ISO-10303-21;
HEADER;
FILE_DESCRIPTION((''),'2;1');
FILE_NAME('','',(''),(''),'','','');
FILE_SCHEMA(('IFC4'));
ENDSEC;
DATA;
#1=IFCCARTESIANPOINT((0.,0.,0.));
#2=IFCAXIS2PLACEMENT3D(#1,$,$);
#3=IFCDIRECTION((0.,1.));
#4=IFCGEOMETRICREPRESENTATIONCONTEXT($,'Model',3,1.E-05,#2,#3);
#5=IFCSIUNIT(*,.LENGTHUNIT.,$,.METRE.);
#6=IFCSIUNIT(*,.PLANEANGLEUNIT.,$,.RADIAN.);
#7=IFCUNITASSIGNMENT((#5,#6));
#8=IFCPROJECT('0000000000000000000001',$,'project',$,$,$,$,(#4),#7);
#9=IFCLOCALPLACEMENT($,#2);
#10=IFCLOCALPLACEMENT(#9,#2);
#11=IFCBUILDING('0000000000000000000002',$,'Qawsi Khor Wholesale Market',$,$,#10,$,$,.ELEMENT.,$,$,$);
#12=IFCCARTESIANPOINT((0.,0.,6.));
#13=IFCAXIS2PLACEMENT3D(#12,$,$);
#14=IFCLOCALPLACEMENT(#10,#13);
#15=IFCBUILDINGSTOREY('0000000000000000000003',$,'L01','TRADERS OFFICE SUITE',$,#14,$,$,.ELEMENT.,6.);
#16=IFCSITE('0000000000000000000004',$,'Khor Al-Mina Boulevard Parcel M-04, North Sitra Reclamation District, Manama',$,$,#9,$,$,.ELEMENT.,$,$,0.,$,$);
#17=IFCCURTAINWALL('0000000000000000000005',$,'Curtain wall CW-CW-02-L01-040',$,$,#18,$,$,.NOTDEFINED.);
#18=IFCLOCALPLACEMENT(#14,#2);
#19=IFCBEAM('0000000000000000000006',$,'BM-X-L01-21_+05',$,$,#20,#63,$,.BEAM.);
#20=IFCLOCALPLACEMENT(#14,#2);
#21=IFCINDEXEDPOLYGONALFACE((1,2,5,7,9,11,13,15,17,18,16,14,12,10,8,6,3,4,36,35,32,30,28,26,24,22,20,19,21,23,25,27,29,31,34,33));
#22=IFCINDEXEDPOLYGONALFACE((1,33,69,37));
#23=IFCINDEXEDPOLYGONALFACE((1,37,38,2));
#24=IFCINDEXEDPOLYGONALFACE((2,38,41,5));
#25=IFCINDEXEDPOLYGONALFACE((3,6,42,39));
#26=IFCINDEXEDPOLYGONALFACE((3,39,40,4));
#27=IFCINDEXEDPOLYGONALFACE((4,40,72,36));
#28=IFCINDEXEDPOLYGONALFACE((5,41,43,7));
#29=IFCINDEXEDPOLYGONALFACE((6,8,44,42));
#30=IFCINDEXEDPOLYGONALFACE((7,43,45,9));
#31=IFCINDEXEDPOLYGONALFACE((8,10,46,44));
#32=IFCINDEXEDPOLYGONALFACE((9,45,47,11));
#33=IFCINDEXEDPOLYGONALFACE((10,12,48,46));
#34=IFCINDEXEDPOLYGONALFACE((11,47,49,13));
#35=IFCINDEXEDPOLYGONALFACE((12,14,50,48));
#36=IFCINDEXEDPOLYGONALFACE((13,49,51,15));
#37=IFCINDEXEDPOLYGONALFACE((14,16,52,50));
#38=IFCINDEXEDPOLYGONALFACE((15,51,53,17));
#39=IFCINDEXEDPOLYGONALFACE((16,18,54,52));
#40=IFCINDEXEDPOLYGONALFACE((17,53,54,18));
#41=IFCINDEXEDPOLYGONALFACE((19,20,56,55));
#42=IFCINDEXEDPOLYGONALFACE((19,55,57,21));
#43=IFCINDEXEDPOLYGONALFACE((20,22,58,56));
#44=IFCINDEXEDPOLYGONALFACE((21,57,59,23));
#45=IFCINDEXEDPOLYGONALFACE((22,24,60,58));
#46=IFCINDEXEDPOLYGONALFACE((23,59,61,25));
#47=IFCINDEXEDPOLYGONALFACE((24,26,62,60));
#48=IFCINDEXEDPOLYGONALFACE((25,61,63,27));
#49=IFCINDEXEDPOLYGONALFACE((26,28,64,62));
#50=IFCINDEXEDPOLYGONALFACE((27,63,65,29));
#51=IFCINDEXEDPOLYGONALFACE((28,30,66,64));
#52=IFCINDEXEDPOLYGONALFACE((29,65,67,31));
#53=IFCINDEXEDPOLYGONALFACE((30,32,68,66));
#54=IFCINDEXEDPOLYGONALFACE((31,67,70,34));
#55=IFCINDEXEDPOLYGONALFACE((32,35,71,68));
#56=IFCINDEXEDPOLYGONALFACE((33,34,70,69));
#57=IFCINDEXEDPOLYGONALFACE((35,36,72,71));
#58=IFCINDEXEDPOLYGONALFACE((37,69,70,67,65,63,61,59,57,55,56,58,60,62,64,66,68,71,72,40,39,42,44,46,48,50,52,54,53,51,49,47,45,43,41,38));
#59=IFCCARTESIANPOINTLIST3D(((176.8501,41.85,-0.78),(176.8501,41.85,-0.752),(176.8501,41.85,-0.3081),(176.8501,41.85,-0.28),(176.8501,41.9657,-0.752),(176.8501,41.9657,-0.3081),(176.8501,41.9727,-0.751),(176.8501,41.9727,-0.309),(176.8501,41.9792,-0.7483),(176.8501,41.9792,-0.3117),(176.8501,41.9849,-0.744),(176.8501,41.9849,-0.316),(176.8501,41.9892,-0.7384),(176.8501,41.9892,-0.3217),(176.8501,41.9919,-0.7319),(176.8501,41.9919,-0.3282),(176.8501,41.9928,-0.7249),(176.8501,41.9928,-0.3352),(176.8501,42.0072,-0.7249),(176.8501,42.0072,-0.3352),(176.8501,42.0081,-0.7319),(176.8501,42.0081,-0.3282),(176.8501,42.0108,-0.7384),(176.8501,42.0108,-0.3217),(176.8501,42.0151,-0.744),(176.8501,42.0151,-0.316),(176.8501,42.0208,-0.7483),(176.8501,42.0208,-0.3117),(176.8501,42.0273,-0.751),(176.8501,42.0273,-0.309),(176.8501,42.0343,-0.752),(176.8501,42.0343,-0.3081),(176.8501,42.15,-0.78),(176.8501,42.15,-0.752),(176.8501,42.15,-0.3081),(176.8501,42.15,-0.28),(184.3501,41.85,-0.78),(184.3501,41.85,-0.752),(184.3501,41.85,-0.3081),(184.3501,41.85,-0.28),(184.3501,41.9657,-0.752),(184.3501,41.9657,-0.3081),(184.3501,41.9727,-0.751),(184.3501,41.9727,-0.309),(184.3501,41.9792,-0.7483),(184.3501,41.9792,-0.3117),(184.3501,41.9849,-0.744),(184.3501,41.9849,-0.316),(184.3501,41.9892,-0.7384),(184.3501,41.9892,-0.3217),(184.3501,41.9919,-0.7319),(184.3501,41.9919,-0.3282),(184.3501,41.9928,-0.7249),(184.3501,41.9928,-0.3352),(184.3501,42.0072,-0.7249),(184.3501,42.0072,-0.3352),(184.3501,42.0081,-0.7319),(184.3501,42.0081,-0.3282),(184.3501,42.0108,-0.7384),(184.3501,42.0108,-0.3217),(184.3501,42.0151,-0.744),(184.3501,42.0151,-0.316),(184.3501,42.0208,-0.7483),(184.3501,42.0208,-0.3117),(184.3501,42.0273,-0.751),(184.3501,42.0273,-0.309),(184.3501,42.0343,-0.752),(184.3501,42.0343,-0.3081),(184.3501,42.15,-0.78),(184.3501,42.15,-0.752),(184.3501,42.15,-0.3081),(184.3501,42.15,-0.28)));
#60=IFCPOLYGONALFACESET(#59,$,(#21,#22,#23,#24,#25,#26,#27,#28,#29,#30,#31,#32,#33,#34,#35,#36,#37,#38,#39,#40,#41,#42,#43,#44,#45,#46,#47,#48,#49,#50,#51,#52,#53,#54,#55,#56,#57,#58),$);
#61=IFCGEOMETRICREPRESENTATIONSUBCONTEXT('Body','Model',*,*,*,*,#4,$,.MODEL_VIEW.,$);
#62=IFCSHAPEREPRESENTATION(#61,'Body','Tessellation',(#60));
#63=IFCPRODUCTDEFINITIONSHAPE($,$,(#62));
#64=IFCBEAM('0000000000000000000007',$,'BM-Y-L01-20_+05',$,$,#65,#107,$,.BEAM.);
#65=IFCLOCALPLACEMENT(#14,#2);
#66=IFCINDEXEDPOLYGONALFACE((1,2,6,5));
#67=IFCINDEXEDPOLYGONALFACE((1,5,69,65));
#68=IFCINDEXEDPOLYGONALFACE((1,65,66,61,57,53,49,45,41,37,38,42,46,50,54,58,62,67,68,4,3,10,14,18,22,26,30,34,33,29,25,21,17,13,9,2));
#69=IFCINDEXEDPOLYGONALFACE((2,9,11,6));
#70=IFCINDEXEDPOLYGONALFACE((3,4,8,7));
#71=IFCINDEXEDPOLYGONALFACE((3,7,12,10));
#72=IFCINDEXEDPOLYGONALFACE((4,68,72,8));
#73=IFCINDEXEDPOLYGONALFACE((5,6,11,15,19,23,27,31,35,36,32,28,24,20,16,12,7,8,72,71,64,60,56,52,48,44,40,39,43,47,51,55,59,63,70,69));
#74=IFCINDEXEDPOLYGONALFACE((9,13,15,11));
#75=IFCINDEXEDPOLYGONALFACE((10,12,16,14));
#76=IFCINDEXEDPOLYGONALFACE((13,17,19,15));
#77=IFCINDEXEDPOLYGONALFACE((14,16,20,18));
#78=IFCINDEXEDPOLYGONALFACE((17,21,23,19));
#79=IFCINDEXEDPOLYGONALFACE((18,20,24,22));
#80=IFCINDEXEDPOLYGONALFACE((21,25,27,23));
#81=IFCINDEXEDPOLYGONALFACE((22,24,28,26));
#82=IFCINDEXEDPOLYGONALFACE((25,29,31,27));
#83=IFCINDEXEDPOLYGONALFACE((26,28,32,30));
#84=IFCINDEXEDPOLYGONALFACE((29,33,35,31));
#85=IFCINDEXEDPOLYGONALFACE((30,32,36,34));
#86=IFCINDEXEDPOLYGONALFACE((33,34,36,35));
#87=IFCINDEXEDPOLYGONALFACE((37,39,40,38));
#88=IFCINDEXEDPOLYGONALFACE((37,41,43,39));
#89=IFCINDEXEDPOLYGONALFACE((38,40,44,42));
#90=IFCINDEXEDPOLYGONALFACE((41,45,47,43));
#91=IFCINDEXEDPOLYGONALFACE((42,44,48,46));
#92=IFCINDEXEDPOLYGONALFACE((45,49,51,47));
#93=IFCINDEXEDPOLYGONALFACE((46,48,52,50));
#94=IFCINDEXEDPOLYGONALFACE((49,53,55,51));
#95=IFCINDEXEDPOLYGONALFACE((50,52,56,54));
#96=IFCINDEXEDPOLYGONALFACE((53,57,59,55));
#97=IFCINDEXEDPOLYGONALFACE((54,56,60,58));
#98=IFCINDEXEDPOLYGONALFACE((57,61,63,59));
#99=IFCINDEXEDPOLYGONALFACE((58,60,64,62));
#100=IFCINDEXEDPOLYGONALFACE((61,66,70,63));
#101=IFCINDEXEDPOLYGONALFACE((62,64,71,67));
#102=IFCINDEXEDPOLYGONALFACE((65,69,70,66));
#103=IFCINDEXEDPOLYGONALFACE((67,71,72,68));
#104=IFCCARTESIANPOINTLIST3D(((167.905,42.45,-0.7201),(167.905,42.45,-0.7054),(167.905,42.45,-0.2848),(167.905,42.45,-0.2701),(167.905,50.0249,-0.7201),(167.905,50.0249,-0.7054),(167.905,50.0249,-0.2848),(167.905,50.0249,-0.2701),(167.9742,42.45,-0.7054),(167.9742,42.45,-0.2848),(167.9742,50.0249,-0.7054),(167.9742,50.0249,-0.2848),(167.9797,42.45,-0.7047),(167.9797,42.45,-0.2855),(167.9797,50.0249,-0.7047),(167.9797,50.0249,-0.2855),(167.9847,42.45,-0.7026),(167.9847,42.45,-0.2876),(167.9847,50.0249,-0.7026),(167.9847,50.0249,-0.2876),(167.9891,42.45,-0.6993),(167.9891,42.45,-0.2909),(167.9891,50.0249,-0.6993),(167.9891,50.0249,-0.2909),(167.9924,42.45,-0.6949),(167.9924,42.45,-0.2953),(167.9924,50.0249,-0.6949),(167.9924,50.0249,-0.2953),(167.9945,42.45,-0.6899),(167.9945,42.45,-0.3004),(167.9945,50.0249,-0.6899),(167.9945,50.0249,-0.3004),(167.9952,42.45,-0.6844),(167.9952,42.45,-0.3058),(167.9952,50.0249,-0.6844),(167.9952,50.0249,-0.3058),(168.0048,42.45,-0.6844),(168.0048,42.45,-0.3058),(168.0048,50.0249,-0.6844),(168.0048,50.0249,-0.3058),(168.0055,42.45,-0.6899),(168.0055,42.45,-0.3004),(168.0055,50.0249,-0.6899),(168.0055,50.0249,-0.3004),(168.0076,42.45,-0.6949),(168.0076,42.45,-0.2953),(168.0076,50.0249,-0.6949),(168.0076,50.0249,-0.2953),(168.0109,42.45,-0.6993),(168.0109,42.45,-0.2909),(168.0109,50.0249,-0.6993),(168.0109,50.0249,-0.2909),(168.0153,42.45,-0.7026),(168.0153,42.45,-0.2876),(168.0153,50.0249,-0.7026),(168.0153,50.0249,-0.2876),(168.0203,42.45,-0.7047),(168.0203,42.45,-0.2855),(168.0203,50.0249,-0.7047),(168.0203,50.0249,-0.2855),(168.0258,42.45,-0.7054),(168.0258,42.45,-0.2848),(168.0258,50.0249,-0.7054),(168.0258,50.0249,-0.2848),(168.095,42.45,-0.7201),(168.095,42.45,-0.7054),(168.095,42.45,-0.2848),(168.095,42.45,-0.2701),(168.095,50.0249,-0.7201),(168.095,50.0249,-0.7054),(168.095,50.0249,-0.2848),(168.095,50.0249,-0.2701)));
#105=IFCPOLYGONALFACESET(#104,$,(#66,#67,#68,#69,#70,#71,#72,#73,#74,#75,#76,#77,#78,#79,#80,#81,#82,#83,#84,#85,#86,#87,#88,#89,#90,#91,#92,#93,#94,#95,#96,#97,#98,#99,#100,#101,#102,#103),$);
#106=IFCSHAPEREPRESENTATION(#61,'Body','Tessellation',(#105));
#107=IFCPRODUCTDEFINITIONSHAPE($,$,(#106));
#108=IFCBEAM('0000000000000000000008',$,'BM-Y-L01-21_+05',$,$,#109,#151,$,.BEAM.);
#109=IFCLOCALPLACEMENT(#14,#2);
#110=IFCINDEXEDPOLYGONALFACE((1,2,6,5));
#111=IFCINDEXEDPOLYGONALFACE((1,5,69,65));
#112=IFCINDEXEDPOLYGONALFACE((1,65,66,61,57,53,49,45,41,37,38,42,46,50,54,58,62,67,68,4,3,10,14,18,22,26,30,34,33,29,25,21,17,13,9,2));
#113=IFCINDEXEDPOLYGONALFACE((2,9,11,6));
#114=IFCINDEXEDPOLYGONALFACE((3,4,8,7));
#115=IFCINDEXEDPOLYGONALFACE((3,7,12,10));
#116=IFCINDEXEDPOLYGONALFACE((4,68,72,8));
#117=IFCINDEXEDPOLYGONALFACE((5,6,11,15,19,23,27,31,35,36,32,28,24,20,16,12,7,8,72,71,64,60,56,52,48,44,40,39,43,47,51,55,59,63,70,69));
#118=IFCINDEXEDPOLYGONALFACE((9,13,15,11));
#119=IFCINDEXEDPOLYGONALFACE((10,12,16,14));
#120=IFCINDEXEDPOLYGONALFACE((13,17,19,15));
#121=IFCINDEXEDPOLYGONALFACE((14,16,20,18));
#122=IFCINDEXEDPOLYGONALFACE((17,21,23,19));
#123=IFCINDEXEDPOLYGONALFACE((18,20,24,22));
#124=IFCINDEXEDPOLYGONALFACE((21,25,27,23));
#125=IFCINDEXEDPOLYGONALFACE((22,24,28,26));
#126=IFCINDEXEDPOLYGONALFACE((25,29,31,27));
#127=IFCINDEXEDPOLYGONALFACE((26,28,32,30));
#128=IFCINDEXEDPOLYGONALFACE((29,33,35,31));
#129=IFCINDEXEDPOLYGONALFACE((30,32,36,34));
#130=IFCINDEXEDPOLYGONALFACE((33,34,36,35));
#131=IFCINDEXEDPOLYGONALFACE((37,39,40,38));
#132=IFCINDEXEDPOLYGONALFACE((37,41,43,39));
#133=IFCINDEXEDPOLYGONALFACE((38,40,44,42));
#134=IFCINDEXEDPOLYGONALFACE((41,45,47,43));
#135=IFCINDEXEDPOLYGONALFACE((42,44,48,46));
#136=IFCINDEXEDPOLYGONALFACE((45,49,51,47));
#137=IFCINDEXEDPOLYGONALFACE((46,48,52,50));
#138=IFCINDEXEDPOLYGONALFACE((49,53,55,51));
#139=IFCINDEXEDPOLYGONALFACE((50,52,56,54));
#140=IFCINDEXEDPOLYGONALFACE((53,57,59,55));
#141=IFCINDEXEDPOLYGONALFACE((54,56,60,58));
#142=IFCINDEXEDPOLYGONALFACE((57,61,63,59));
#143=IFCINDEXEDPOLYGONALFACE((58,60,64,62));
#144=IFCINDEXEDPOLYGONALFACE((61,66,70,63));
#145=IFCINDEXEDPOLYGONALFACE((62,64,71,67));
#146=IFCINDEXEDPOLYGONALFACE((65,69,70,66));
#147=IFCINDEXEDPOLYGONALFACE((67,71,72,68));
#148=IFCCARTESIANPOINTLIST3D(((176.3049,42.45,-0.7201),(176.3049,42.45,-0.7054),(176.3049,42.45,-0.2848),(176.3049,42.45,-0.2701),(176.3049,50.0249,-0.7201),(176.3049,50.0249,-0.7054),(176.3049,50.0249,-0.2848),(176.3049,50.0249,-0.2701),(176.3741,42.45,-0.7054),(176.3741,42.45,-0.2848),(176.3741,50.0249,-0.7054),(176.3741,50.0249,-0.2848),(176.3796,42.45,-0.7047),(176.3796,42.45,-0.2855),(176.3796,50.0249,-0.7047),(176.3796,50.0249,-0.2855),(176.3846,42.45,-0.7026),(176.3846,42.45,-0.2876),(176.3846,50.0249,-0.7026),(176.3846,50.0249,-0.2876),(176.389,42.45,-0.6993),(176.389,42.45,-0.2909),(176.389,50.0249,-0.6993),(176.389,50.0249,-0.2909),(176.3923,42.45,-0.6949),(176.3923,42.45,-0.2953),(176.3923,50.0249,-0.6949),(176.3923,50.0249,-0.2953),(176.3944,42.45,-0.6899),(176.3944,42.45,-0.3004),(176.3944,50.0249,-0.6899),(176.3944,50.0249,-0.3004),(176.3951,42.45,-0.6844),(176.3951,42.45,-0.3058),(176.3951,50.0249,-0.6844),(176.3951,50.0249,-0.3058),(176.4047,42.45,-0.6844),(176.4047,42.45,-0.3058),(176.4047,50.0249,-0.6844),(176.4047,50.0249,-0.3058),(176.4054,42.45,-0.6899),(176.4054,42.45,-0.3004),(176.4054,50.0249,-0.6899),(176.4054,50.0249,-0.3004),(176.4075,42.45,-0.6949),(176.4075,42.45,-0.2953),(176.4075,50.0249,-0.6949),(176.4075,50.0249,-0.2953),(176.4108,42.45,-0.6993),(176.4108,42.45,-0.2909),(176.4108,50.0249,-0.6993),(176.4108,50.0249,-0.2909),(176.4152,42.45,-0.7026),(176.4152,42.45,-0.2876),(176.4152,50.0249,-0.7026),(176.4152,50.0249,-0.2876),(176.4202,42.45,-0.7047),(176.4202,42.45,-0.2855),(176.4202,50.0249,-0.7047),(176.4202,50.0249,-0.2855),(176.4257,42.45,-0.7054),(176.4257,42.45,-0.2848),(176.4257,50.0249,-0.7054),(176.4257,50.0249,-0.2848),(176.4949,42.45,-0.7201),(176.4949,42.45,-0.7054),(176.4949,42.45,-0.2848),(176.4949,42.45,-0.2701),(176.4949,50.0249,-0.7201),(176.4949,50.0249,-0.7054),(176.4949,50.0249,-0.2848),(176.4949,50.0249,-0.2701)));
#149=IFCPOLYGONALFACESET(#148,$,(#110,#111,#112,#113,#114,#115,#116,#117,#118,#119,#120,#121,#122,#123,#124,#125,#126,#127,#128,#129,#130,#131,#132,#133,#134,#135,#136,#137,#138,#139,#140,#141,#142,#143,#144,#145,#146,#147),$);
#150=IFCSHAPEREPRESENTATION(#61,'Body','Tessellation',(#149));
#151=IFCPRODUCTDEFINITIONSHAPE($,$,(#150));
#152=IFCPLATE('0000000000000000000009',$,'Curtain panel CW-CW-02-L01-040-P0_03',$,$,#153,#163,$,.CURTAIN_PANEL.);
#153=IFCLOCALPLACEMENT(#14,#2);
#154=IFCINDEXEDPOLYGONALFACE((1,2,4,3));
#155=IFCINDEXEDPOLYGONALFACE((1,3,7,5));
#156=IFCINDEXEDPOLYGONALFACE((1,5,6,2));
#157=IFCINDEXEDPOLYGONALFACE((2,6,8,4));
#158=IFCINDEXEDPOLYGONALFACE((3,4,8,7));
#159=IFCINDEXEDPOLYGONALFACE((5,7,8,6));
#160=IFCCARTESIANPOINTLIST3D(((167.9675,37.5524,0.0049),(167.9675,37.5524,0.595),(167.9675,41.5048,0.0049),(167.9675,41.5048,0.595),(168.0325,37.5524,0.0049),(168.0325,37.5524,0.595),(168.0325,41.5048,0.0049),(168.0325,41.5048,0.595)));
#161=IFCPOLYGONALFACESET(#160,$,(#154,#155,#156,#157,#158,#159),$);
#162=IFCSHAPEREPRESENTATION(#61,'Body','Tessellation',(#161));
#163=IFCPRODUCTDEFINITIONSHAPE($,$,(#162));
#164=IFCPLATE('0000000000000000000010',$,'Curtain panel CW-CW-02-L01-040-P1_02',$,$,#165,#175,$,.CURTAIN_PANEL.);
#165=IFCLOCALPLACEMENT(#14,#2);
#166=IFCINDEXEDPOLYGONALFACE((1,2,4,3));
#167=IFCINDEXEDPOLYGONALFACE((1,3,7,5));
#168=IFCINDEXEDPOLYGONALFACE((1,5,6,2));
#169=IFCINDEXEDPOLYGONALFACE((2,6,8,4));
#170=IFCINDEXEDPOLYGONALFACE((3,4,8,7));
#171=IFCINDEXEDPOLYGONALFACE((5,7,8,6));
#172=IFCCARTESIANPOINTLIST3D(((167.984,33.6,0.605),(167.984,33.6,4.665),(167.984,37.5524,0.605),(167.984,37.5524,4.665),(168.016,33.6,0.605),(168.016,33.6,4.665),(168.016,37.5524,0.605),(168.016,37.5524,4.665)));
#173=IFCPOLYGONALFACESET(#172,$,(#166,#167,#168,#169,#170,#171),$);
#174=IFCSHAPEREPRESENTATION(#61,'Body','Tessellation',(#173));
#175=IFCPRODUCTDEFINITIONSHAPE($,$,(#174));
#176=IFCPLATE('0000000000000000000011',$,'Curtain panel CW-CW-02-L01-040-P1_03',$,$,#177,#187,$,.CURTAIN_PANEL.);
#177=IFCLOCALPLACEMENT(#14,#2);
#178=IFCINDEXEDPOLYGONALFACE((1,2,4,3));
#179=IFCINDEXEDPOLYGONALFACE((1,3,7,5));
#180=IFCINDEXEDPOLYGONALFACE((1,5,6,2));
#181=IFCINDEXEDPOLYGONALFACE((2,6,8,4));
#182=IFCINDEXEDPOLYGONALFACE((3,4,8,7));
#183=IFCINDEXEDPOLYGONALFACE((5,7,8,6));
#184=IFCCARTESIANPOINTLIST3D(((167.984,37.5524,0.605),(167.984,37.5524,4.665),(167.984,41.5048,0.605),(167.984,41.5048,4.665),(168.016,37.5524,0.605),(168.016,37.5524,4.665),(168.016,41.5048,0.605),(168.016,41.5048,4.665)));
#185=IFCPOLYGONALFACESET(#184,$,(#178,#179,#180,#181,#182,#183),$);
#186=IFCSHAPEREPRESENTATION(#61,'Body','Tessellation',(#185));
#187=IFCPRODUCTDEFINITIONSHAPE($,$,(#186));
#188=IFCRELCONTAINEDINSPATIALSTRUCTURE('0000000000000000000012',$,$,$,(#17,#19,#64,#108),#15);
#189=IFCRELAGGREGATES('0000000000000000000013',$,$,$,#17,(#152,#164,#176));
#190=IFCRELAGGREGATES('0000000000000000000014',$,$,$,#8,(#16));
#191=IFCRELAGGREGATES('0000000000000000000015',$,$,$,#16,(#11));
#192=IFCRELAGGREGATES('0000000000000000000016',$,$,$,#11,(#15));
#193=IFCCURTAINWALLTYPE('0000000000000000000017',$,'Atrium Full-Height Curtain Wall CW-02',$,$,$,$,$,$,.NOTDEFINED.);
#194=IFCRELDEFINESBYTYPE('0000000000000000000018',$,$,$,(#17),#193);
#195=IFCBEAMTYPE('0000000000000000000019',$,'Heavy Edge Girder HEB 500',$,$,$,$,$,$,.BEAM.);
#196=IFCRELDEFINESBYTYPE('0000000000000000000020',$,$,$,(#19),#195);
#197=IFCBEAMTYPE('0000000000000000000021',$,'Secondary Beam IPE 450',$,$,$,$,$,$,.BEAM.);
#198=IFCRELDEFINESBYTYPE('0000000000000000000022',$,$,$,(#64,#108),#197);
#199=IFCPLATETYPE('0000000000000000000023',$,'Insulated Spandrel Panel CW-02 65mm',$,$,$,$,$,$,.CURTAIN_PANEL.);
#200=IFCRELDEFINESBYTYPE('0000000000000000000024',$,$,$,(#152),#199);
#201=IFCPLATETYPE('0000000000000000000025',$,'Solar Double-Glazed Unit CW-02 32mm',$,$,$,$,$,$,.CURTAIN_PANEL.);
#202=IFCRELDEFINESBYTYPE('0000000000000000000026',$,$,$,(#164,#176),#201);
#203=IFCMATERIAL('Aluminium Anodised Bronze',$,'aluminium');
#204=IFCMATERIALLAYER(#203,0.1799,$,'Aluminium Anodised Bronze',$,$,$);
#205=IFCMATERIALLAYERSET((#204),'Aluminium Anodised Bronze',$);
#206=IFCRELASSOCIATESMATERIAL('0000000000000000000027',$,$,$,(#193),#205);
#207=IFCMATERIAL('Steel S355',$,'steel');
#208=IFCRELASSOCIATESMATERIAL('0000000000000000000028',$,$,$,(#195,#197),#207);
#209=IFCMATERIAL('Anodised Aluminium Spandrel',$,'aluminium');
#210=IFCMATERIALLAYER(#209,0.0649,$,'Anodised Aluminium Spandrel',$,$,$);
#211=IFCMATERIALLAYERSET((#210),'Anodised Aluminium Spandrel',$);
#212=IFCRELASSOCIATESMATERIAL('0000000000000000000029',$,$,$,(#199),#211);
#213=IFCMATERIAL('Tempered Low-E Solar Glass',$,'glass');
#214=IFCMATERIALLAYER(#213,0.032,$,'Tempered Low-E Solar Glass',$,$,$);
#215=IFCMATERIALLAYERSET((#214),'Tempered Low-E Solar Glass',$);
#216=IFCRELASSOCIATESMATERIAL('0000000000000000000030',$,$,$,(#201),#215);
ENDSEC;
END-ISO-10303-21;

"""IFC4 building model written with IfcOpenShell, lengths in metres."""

from ifc_helpers import new_model, si_unit, direction, frame, frame_2d, origin, origin_2d, place, context, subcontext, project, spatial, rectangle, i_section, extrude, material, layer, layer_set, material_profile, profile_set, type_object, element, aggregate, save


model = new_model("IFC4")

# Units and contexts
model_context = context("Model", 3, precision=1e-05, world=origin(), true_north=direction((0.0, 1.0)))
body_context = subcontext(model_context, "Body", "Model", "MODEL_VIEW")
ifc_project = project(units=[si_unit("LENGTHUNIT", "METRE"), si_unit("PLANEANGLEUNIT", "RADIAN")], contexts=[model_context])

# Site, building, storey
site_placement = place(None, origin())
site = spatial("IfcSite", under=ifc_project, at=site_placement, Name="Khor Al-Mina Boulevard Parcel M-04, North Sitra Reclamation District, Manama", CompositionType="ELEMENT", RefElevation=0.0)
building_placement = place(site_placement, origin())
building = spatial("IfcBuilding", under=site, at=building_placement, Name="Qawsi Khor Wholesale Market", CompositionType="ELEMENT")
storey_placement = place(building_placement, frame((0.0, 0.0, 6.0)))
storey = spatial("IfcBuildingStorey", under=building, at=storey_placement, Name="L01", Description="TRADERS OFFICE SUITE", CompositionType="ELEMENT", Elevation=6.0)

# Curtain wall
ifc_material_1 = material(Name="Aluminium Anodised Bronze", Category="aluminium")
ifc_layer_1 = layer(ifc_material_1, 0.1799, Name="Aluminium Anodised Bronze")
ifc_layer_set_1 = layer_set([ifc_layer_1], Name="Aluminium Anodised Bronze")
curtain_wall_type = type_object("IfcCurtainWallType", Name="Atrium Full-Height Curtain Wall CW-02", PredefinedType="NOTDEFINED", material=ifc_layer_set_1)
curtain_wall_placement = place(storey_placement, origin())
curtain_wall = element("IfcCurtainWall", 1, at=curtain_wall_placement, inside=storey, type_object=curtain_wall_type, Name="Curtain wall CW-CW-02-L01-040", PredefinedType="NOTDEFINED")

# Beams
ifc_material_2 = material(Name="Steel S355", Category="steel")
ifc_material_profile_1 = material_profile(ifc_material_2, i_section(OverallWidth=0.3, OverallDepth=0.5, WebThickness=0.0144, FlangeThickness=0.0281, FilletRadius=0.0271, at=origin_2d()), Name="HEB 500")
ifc_profile_set_1 = profile_set([ifc_material_profile_1], Name="Steel S355")
beam_type_1 = type_object("IfcBeamType", Name="Heavy Edge Girder HEB 500", PredefinedType="BEAM", material=ifc_profile_set_1)
for number, where, z_axis, x_axis, name in (
    (2, (176.8501, 42.0, -0.53), (1.0, 0.0, 0.0), (0.0, 1.0, 0.0), "BM-X-L01-21_+05"),
):
    element("IfcBeam", number, at=place(storey_placement, frame(where, z_axis=z_axis, x_axis=x_axis)), inside=storey, type_object=beam_type_1, Name=name, PredefinedType="BEAM", context=body_context, shape_type="SweptSolid", body=[
        extrude(i_section(OverallWidth=0.3, OverallDepth=0.5, WebThickness=0.0144, FlangeThickness=0.0281, FilletRadius=0.0271, at=origin_2d()), origin(), (0.0, 0.0, 1.0), 7.5),
    ])
ifc_material_profile_2 = material_profile(ifc_material_2, i_section(OverallWidth=0.1899, OverallDepth=0.45, WebThickness=0.0095, FlangeThickness=0.0146, FilletRadius=0.021, at=origin_2d()), Name="IPE 450")
ifc_profile_set_2 = profile_set([ifc_material_profile_2], Name="Steel S355")
beam_type_2 = type_object("IfcBeamType", Name="Secondary Beam IPE 450", PredefinedType="BEAM", material=ifc_profile_set_2)
for number, where, z_axis, x_axis, name in (
    (3, (168.0, 42.45, -0.4951), (0.0, 1.0, 0.0), (-1.0, 0.0, 0.0), "BM-Y-L01-20_+05"),
    (4, (176.3999, 42.45, -0.4951), (0.0, 1.0, 0.0), (-1.0, 0.0, 0.0), "BM-Y-L01-21_+05"),
):
    element("IfcBeam", number, at=place(storey_placement, frame(where, z_axis=z_axis, x_axis=x_axis)), inside=storey, type_object=beam_type_2, Name=name, PredefinedType="BEAM", context=body_context, shape_type="SweptSolid", body=[
        extrude(i_section(OverallWidth=0.1899, OverallDepth=0.45, WebThickness=0.0095, FlangeThickness=0.0146, FilletRadius=0.021, at=origin_2d()), origin(), (0.0, 0.0, 1.0), 7.575),
    ])

# Plates
ifc_material_3 = material(Name="Anodised Aluminium Spandrel", Category="aluminium")
ifc_layer_2 = layer(ifc_material_3, 0.0649, Name="Anodised Aluminium Spandrel")
ifc_layer_set_2 = layer_set([ifc_layer_2], Name="Anodised Aluminium Spandrel")
plate_type_1 = type_object("IfcPlateType", Name="Insulated Spandrel Panel CW-02 65mm", PredefinedType="CURTAIN_PANEL", material=ifc_layer_set_2)
plate_1_placement = place(storey_placement, frame((168.0, 37.5525, 0.0049), z_axis=(0.0, 0.0, 1.0), x_axis=(0.0, 1.0, 0.0)))
plate_1 = element("IfcPlate", 5, at=plate_1_placement, type_object=plate_type_1, Name="Curtain panel CW-CW-02-L01-040-P0_03", PredefinedType="CURTAIN_PANEL", context=body_context, shape_type="SweptSolid", body=[
    extrude(rectangle(XDim=3.9524, YDim=0.0649, at=frame_2d((1.9761, 0.0))), origin(), (0.0, 0.0, 1.0), 0.5901),
])
ifc_material_4 = material(Name="Tempered Low-E Solar Glass", Category="glass")
ifc_layer_3 = layer(ifc_material_4, 0.032, Name="Tempered Low-E Solar Glass")
ifc_layer_set_3 = layer_set([ifc_layer_3], Name="Tempered Low-E Solar Glass")
plate_type_2 = type_object("IfcPlateType", Name="Solar Double-Glazed Unit CW-02 32mm", PredefinedType="CURTAIN_PANEL", material=ifc_layer_set_3)
plate_2_placement = place(storey_placement, frame((168.0, 33.6001, 0.605), z_axis=(0.0, 0.0, 1.0), x_axis=(0.0, 1.0, 0.0)))
plate_2 = element("IfcPlate", 6, at=plate_2_placement, type_object=plate_type_2, Name="Curtain panel CW-CW-02-L01-040-P1_02", PredefinedType="CURTAIN_PANEL", context=body_context, shape_type="SweptSolid", body=[
    extrude(rectangle(XDim=3.9524, YDim=0.032, at=frame_2d((1.9761, 0.0))), origin(), (0.0, 0.0, 1.0), 4.0601),
])
plate_3_placement = place(storey_placement, frame((168.0, 37.5525, 0.605), z_axis=(0.0, 0.0, 1.0), x_axis=(0.0, 1.0, 0.0)))
plate_3 = element("IfcPlate", 7, at=plate_3_placement, type_object=plate_type_2, Name="Curtain panel CW-CW-02-L01-040-P1_03", PredefinedType="CURTAIN_PANEL", context=body_context, shape_type="SweptSolid", body=[
    extrude(rectangle(XDim=3.9524, YDim=0.032, at=frame_2d((1.9761, 0.0))), origin(), (0.0, 0.0, 1.0), 4.0601),
])
aggregate(curtain_wall, [plate_1, plate_2, plate_3])

save(model, "model.ifc")
